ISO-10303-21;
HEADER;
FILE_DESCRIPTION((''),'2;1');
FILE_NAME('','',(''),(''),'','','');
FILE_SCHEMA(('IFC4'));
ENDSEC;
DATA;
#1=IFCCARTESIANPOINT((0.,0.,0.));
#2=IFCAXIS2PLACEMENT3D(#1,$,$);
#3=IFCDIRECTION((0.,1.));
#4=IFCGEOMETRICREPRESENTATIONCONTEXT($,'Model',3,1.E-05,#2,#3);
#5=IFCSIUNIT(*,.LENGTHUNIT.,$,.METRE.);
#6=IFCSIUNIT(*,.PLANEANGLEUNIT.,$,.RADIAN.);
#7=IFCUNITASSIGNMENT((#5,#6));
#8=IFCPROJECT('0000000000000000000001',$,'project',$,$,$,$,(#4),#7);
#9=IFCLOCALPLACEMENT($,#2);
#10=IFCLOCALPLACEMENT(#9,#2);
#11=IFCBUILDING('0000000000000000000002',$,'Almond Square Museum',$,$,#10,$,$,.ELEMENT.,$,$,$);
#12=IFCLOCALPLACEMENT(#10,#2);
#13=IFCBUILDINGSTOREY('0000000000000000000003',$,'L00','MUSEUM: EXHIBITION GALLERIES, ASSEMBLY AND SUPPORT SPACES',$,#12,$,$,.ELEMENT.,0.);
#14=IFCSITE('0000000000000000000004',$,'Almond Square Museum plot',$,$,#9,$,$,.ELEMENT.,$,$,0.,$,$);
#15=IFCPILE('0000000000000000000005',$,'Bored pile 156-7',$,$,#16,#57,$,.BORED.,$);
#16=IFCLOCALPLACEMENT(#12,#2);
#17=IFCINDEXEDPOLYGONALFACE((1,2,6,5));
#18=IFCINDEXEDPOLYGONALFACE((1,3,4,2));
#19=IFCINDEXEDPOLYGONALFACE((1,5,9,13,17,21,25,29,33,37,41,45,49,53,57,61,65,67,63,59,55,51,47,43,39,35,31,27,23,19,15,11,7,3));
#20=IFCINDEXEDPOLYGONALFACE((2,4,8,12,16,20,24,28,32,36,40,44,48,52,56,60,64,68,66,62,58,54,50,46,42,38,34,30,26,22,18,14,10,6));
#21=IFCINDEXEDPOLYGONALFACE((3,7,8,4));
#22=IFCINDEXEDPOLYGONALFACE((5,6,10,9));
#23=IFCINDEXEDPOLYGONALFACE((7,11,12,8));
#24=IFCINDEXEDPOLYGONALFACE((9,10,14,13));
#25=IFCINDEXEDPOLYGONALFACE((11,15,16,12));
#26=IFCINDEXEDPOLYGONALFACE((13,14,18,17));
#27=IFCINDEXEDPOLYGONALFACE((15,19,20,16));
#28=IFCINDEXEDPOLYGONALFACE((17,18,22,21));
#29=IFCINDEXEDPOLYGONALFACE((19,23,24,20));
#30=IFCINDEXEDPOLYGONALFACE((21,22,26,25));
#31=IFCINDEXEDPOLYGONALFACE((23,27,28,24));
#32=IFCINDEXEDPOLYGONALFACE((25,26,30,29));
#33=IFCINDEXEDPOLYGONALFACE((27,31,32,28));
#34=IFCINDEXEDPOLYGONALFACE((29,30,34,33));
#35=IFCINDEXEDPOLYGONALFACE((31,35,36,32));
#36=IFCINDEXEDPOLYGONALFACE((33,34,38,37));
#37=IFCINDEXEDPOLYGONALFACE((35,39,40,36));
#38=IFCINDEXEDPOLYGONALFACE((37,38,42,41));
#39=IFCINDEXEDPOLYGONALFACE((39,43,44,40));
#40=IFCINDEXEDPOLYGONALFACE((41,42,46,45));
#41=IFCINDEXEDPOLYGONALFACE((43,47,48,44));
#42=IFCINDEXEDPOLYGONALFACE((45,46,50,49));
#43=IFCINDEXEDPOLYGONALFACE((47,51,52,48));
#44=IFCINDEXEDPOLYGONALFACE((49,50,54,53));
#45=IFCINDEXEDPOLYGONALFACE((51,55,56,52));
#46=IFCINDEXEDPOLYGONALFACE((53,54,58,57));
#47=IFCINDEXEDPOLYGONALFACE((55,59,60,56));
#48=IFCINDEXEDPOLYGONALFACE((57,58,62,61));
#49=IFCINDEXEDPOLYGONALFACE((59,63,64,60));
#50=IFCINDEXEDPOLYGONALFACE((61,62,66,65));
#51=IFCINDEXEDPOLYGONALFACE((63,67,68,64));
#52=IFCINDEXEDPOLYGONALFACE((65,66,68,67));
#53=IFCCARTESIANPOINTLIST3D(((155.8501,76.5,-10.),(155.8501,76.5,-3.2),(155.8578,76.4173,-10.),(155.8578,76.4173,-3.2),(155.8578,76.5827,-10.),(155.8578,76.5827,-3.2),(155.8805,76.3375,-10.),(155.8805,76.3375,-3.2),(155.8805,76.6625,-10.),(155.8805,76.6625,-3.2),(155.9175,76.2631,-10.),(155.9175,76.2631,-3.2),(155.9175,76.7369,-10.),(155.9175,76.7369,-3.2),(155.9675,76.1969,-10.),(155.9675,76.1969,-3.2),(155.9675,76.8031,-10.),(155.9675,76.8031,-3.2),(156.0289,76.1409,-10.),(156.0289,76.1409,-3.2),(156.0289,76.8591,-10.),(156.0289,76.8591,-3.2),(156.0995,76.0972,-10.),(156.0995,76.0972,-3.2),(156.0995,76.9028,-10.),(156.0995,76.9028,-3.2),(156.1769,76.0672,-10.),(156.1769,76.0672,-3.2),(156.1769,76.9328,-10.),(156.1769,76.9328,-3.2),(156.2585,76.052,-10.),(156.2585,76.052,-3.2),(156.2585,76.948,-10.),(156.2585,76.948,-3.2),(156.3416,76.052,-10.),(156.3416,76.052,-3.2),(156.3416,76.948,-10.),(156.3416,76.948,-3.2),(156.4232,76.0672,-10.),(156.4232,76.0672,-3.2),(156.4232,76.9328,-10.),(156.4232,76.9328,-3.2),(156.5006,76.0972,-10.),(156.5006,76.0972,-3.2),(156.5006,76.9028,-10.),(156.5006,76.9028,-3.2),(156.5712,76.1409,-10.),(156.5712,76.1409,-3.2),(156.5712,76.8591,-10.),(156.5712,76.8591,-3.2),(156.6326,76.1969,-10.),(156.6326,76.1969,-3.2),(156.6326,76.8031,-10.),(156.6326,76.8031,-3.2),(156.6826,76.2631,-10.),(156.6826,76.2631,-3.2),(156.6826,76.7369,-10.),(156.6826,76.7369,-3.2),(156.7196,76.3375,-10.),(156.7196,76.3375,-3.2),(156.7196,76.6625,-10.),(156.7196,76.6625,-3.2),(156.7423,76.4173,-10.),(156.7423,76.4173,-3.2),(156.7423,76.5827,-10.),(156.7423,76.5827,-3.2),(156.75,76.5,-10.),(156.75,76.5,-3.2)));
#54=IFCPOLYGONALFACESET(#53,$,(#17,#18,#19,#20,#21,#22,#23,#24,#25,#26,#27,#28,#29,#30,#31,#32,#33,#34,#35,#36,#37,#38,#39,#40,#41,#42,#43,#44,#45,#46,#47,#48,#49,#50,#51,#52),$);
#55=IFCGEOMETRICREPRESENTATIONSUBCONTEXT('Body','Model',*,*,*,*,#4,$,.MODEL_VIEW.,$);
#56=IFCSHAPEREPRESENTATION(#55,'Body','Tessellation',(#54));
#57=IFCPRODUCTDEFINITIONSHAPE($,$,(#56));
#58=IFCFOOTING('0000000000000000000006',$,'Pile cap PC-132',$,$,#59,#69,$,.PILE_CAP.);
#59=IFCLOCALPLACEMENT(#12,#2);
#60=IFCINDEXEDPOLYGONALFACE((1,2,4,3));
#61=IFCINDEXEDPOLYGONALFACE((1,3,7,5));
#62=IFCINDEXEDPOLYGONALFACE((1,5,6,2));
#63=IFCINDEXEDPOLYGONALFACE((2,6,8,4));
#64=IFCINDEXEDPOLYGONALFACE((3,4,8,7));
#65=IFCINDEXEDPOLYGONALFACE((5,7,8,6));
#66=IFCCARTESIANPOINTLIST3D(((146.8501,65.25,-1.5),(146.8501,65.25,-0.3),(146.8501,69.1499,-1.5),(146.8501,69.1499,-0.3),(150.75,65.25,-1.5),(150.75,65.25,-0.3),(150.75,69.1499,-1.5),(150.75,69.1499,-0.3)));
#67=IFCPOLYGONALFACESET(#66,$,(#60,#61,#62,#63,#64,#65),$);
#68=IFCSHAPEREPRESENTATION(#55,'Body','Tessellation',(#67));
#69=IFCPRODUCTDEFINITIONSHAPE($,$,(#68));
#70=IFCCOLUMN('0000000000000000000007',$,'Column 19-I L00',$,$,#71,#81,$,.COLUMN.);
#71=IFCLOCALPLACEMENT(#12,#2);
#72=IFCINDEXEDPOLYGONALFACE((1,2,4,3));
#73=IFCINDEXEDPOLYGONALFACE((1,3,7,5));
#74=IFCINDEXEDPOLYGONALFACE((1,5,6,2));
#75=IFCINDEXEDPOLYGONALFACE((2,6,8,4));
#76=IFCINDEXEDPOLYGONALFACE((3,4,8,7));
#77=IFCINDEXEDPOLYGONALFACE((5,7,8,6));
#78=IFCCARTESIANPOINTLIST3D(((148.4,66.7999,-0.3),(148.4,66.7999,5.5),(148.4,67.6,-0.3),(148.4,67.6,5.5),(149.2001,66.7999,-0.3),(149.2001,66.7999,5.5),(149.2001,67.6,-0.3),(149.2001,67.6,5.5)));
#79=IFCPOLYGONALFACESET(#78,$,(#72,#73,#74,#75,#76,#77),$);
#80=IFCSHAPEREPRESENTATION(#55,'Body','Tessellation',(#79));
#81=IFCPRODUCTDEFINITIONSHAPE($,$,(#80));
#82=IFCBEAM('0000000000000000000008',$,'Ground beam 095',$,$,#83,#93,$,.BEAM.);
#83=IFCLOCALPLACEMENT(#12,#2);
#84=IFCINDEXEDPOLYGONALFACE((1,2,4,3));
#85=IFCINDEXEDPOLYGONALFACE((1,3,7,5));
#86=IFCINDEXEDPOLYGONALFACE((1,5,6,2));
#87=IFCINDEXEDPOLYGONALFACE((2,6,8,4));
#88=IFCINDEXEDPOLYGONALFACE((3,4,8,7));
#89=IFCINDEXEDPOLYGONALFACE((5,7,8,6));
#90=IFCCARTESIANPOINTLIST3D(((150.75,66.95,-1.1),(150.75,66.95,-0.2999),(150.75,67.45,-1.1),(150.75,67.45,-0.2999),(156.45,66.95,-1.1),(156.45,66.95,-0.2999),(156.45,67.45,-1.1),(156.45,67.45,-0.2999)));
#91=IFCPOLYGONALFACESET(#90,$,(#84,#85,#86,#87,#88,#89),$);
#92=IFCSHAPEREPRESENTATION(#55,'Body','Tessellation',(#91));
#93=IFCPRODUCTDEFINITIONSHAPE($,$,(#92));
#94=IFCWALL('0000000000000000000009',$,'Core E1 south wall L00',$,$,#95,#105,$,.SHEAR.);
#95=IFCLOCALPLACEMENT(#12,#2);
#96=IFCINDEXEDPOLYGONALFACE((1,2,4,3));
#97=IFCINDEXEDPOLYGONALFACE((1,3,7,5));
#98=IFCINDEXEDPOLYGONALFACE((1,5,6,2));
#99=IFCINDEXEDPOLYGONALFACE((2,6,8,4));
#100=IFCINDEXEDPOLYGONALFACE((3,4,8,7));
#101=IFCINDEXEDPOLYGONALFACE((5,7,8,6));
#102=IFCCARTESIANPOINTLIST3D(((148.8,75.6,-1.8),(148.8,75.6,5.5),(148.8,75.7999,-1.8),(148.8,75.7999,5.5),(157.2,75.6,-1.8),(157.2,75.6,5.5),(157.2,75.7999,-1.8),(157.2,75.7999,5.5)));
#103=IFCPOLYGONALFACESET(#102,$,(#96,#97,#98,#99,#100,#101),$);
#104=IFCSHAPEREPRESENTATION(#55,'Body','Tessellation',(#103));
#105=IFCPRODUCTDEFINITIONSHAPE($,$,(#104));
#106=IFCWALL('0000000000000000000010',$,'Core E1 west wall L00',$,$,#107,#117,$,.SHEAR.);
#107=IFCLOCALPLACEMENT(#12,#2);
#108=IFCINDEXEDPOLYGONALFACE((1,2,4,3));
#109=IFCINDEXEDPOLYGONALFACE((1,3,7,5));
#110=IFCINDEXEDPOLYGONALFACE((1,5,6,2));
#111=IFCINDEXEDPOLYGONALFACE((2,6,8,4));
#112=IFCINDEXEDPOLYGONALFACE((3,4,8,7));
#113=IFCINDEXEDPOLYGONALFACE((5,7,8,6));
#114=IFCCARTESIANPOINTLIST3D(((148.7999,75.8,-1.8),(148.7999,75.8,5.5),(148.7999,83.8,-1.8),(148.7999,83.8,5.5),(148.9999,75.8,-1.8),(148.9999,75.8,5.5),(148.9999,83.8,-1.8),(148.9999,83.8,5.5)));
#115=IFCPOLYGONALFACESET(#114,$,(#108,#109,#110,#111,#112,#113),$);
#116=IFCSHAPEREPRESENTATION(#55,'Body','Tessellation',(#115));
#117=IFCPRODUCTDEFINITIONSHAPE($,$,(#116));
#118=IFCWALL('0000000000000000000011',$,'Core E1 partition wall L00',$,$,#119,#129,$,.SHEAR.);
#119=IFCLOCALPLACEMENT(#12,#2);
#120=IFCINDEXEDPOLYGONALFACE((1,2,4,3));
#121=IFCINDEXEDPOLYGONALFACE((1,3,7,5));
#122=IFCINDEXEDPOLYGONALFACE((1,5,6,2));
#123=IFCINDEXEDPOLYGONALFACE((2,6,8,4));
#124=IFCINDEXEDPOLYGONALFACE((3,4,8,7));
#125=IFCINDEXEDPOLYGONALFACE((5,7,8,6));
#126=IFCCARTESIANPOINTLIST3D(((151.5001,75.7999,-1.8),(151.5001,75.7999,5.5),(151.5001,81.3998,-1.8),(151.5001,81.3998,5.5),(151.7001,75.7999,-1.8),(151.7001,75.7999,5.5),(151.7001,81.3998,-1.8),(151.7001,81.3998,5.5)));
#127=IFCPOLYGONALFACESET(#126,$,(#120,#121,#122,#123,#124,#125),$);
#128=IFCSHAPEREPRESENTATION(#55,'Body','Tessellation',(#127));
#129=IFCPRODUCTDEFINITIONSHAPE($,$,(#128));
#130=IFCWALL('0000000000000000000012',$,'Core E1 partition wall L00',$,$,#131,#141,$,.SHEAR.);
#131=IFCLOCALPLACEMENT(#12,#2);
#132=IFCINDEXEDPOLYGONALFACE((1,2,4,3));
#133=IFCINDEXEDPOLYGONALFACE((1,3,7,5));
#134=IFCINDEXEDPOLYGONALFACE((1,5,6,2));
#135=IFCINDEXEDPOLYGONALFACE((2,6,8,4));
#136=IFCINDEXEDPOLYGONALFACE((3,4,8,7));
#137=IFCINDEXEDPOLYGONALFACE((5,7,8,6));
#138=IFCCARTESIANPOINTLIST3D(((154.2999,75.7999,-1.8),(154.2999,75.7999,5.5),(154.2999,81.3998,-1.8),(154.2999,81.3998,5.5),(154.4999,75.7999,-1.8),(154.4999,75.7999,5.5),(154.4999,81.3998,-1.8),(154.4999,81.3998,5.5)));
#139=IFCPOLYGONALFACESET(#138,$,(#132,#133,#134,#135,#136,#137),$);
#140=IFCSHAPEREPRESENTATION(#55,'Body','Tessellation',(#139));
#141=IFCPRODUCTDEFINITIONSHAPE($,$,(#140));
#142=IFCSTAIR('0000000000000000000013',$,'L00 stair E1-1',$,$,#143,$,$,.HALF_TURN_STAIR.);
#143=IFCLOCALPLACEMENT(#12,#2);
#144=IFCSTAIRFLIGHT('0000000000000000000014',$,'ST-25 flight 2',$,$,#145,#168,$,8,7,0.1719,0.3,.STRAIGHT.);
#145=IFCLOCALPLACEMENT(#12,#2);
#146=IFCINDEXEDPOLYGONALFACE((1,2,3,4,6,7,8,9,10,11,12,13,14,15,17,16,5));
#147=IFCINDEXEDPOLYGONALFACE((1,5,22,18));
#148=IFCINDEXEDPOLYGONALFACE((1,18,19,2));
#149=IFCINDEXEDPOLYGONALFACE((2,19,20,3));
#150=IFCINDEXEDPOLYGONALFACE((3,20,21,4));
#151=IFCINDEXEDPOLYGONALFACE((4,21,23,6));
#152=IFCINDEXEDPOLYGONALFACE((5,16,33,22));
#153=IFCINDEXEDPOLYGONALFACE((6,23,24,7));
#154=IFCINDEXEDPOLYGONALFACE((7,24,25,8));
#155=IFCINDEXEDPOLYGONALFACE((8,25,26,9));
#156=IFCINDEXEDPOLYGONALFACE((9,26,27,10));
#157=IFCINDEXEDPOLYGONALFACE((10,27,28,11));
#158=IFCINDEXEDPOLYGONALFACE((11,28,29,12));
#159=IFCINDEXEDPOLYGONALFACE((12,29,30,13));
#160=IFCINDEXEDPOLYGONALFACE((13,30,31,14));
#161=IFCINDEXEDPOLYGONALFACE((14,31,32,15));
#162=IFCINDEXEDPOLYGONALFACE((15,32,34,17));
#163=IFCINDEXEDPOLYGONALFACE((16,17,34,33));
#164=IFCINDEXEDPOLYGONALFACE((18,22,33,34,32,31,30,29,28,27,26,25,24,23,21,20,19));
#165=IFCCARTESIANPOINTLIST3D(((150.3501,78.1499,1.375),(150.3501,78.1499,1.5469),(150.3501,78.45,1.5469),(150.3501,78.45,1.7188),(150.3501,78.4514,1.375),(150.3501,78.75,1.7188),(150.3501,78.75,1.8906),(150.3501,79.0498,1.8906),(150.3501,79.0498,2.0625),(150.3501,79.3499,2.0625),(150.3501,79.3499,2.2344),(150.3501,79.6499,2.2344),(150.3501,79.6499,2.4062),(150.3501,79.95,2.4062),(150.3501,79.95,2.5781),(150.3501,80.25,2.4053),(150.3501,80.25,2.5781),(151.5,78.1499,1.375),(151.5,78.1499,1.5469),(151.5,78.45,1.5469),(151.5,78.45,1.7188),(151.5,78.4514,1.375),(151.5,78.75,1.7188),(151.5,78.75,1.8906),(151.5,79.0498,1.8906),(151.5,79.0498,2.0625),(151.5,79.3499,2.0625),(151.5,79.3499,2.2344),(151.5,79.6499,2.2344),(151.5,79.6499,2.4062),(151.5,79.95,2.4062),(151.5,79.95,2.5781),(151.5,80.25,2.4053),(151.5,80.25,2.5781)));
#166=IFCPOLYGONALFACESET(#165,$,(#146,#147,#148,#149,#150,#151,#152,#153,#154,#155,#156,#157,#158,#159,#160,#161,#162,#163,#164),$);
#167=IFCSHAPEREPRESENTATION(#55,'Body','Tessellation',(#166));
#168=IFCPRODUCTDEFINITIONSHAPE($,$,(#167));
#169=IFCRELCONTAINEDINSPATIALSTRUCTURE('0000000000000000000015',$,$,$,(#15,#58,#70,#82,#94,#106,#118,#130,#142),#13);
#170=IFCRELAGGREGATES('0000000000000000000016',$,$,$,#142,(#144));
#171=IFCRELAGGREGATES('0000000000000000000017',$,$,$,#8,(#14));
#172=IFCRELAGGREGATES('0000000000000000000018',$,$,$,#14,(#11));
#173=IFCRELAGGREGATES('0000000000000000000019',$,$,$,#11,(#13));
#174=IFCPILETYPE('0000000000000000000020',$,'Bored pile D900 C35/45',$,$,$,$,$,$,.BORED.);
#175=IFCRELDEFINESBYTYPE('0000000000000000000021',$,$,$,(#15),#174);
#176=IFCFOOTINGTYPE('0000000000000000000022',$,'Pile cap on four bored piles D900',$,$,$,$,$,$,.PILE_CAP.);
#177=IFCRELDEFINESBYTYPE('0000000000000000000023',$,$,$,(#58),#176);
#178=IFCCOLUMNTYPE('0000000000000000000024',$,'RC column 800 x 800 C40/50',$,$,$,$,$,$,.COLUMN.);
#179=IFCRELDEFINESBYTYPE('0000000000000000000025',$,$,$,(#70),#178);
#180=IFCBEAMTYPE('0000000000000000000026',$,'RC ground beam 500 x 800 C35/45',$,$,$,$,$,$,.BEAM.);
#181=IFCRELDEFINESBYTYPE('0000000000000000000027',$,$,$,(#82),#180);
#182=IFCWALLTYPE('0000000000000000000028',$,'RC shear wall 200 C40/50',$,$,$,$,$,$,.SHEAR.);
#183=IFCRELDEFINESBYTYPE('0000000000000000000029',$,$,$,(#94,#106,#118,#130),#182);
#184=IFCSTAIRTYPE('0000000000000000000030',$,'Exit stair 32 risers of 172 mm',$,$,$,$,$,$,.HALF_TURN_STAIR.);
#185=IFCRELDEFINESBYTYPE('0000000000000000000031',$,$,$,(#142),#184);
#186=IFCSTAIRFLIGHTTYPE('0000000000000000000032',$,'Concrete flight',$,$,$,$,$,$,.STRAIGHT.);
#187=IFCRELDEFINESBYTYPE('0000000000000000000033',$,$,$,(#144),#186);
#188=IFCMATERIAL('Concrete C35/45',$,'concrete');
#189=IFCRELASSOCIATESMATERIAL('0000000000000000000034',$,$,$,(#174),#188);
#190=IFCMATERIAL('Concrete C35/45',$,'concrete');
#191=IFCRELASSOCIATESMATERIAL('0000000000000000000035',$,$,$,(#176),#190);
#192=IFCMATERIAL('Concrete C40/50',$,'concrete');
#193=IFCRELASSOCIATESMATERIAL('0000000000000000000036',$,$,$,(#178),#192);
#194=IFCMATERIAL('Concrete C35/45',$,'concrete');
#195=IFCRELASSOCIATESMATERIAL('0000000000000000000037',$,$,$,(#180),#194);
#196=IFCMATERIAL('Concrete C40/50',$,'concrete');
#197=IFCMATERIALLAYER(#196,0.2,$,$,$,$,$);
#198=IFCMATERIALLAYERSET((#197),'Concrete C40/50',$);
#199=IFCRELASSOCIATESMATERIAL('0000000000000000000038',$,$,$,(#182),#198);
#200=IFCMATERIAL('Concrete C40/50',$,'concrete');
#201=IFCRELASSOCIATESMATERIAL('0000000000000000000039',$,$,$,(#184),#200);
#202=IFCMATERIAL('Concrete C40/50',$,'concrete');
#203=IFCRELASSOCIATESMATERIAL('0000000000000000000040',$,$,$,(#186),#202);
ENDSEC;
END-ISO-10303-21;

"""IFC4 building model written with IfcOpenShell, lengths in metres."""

from ifc_helpers import new_model, si_unit, direction, frame, frame_2d, origin, origin_2d, place, context, subcontext, project, spatial, polyline, rectangle, circle, outline, extrude, material, layer, layer_set, material_profile, profile_set, type_object, element, aggregate, save


model = new_model("IFC4")

# Units and contexts
model_context = context("Model", 3, precision=1e-05, world=origin(), true_north=direction((0.0, 1.0)))
body_context = subcontext(model_context, "Body", "Model", "MODEL_VIEW")
ifc_project = project(units=[si_unit("LENGTHUNIT", "METRE"), si_unit("PLANEANGLEUNIT", "RADIAN")], contexts=[model_context])

# Site, building, storey
site_placement = place(None, origin())
site = spatial("IfcSite", under=ifc_project, at=site_placement, Name="Almond Square Museum plot", CompositionType="ELEMENT", RefElevation=0.0)
building_placement = place(site_placement, origin())
building = spatial("IfcBuilding", under=site, at=building_placement, Name="Almond Square Museum", CompositionType="ELEMENT")
storey_placement = place(building_placement, origin())
storey = spatial("IfcBuildingStorey", under=building, at=storey_placement, Name="L00", Description="MUSEUM: EXHIBITION GALLERIES, ASSEMBLY AND SUPPORT SPACES", CompositionType="ELEMENT", Elevation=0.0)

# Pile
ifc_material_1 = material(Name="Concrete C35/45", Category="concrete")
ifc_material_profile_1 = material_profile(ifc_material_1, circle(Radius=0.45, at=origin_2d()))
ifc_profile_set_1 = profile_set([ifc_material_profile_1], Name="Concrete C35/45")
pile_type = type_object("IfcPileType", Name="Bored pile D900 C35/45", PredefinedType="BORED", material=ifc_profile_set_1)
for number, where, z_axis, x_axis, name in (
    (1, (156.3, 76.5, -3.2), (0.0, 0.0, -1.0), (1.0, 0.0, 0.0), "Bored pile 156-7"),
):
    element("IfcPile", number, at=place(storey_placement, frame(where, z_axis=z_axis, x_axis=x_axis)), inside=storey, type_object=pile_type, Name=name, PredefinedType="BORED", context=body_context, shape_type="SweptSolid", body=[
        extrude(circle(Radius=0.45, at=origin_2d()), origin(), (0.0, 0.0, 1.0), 6.8),
    ])

# Footing
ifc_material_2 = material(Name="Concrete C35/45", Category="concrete")
footing_type = type_object("IfcFootingType", Name="Pile cap on four bored piles D900", PredefinedType="PILE_CAP", material=ifc_material_2)
footing_placement = place(storey_placement, frame((148.8, 67.2, -1.5), z_axis=(0.0, 0.0, 1.0), x_axis=(1.0, 0.0, 0.0)))
element("IfcFooting", 2, at=footing_placement, inside=storey, type_object=footing_type, Name="Pile cap PC-132", PredefinedType="PILE_CAP", context=body_context, shape_type="SweptSolid", body=[
    extrude(rectangle(XDim=3.8999, YDim=3.8999, at=origin_2d()), origin(), (0.0, 0.0, 1.0), 1.2),
])

# Column
ifc_material_3 = material(Name="Concrete C40/50", Category="concrete")
ifc_material_profile_2 = material_profile(ifc_material_3, rectangle(XDim=0.8, YDim=0.8, at=origin_2d()))
ifc_profile_set_2 = profile_set([ifc_material_profile_2], Name="Concrete C40/50")
column_type = type_object("IfcColumnType", Name="RC column 800 x 800 C40/50", PredefinedType="COLUMN", material=ifc_profile_set_2)
column_placement = place(storey_placement, frame((148.8, 67.2, -0.3), z_axis=(0.0, 0.0, 1.0), x_axis=(1.0, 0.0, 0.0)))
element("IfcColumn", 3, at=column_placement, inside=storey, type_object=column_type, Name="Column 19-I L00", PredefinedType="COLUMN", context=body_context, shape_type="SweptSolid", body=[
    extrude(rectangle(XDim=0.8, YDim=0.8, at=origin_2d()), origin(), (0.0, 0.0, 1.0), 5.8),
])

# Beam
ifc_material_4 = material(Name="Concrete C35/45", Category="concrete")
ifc_material_profile_3 = material_profile(ifc_material_4, rectangle(XDim=0.5, YDim=0.8, at=origin_2d()))
ifc_profile_set_3 = profile_set([ifc_material_profile_3], Name="Concrete C35/45")
beam_type = type_object("IfcBeamType", Name="RC ground beam 500 x 800 C35/45", PredefinedType="BEAM", material=ifc_profile_set_3)
beam_placement = place(storey_placement, frame((150.75, 67.2, -0.7), z_axis=(1.0, 0.0, 0.0), x_axis=(0.0, 1.0, 0.0)))
element("IfcBeam", 4, at=beam_placement, inside=storey, type_object=beam_type, Name="Ground beam 095", PredefinedType="BEAM", context=body_context, shape_type="SweptSolid", body=[
    extrude(rectangle(XDim=0.5, YDim=0.8, at=origin_2d()), origin(), (0.0, 0.0, 1.0), 5.7),
])

# Walls
ifc_material_5 = material(Name="Concrete C40/50", Category="concrete")
ifc_layer_1 = layer(ifc_material_5, 0.2)
ifc_layer_set_1 = layer_set([ifc_layer_1], Name="Concrete C40/50")
wall_type_1 = type_object("IfcWallType", Name="RC shear wall 200 C40/50", PredefinedType="SHEAR", material=ifc_layer_set_1)
wall_1_placement = place(storey_placement, frame((148.8, 75.7, -1.8), z_axis=(0.0, 0.0, 1.0), x_axis=(1.0, 0.0, 0.0)))
element("IfcWall", 5, at=wall_1_placement, inside=storey, type_object=wall_type_1, Name="Core E1 south wall L00", PredefinedType="SHEAR", context=body_context, shape_type="SweptSolid", body=[
    extrude(rectangle(XDim=8.3999, YDim=0.2, at=frame_2d((4.2, 0.0))), origin(), (0.0, 0.0, 1.0), 7.3),
])
wall_2_placement = place(storey_placement, frame((148.8999, 75.8, -1.8), z_axis=(0.0, 0.0, 1.0), x_axis=(0.0, 1.0, 0.0)))
element("IfcWall", 6, at=wall_2_placement, inside=storey, type_object=wall_type_1, Name="Core E1 west wall L00", PredefinedType="SHEAR", context=body_context, shape_type="SweptSolid", body=[
    extrude(rectangle(XDim=8.0, YDim=0.2, at=frame_2d((4.0, 0.0))), origin(), (0.0, 0.0, 1.0), 7.3),
])
for number, where, z_axis, x_axis, name in (
    (7, (151.6001, 75.8, -1.8), (0.0, 0.0, 1.0), (0.0, 1.0, 0.0), "Core E1 partition wall L00"),
    (8, (154.3999, 75.8, -1.8), (0.0, 0.0, 1.0), (0.0, 1.0, 0.0), "Core E1 partition wall L00"),
):
    element("IfcWall", number, at=place(storey_placement, frame(where, z_axis=z_axis, x_axis=x_axis)), inside=storey, type_object=wall_type_1, Name=name, PredefinedType="SHEAR", context=body_context, shape_type="SweptSolid", body=[
        extrude(rectangle(XDim=5.5999, YDim=0.2, at=frame_2d((2.7998, 0.0))), origin(), (0.0, 0.0, 1.0), 7.3),
    ])

# Stair, stair flight
ifc_material_6 = material(Name="Concrete C40/50", Category="concrete")
stair_type = type_object("IfcStairType", Name="Exit stair 32 risers of 172 mm", PredefinedType="HALF_TURN_STAIR", material=ifc_material_6)
stair_1_placement = place(storey_placement, origin())
stair_1 = element("IfcStair", 9, at=stair_1_placement, inside=storey, type_object=stair_type, Name="L00 stair E1-1", PredefinedType="HALF_TURN_STAIR")
ifc_material_7 = material(Name="Concrete C40/50", Category="concrete")
stair_flight_type = type_object("IfcStairFlightType", Name="Concrete flight", PredefinedType="STRAIGHT", material=ifc_material_7)
stair_flight_1_placement = place(storey_placement, frame((150.925, 78.1499, 1.375), z_axis=(0.0, 0.0, 1.0), x_axis=(0.0, 1.0, 0.0)))
stair_flight_1 = element("IfcStairFlight", 10, at=stair_flight_1_placement, type_object=stair_flight_type, Name="ST-25 flight 2", NumberOfRisers=8, NumberOfTreads=7, PredefinedType="STRAIGHT", RiserHeight=0.1719, TreadLength=0.3, context=body_context, shape_type="SweptSolid", body=[
    extrude(outline(polyline([(0.0, 0.0), (0.0, 0.1719), (0.3, 0.1719), (0.3, 0.3438), (0.6001, 0.3438), (0.6001, 0.5156), (0.8999, 0.5156), (0.8999, 0.6875), (1.2, 0.6875), (1.2, 0.8594), (1.5, 0.8594), (1.5, 1.0312), (1.8, 1.0312), (1.8, 1.2031), (2.1001, 1.2031), (2.1001, 1.375), (2.1001, 1.0303), (0.3015, 0.0), (0.0, 0.0)])), frame((0.0, 0.575, 0.0), z_axis=(0.0, -1.0, 0.0), x_axis=(1.0, 0.0, 0.0)), (0.0, 0.0, 1.0), 1.1499),
])
aggregate(stair_1, [stair_flight_1])

save(model, "model.ifc")
